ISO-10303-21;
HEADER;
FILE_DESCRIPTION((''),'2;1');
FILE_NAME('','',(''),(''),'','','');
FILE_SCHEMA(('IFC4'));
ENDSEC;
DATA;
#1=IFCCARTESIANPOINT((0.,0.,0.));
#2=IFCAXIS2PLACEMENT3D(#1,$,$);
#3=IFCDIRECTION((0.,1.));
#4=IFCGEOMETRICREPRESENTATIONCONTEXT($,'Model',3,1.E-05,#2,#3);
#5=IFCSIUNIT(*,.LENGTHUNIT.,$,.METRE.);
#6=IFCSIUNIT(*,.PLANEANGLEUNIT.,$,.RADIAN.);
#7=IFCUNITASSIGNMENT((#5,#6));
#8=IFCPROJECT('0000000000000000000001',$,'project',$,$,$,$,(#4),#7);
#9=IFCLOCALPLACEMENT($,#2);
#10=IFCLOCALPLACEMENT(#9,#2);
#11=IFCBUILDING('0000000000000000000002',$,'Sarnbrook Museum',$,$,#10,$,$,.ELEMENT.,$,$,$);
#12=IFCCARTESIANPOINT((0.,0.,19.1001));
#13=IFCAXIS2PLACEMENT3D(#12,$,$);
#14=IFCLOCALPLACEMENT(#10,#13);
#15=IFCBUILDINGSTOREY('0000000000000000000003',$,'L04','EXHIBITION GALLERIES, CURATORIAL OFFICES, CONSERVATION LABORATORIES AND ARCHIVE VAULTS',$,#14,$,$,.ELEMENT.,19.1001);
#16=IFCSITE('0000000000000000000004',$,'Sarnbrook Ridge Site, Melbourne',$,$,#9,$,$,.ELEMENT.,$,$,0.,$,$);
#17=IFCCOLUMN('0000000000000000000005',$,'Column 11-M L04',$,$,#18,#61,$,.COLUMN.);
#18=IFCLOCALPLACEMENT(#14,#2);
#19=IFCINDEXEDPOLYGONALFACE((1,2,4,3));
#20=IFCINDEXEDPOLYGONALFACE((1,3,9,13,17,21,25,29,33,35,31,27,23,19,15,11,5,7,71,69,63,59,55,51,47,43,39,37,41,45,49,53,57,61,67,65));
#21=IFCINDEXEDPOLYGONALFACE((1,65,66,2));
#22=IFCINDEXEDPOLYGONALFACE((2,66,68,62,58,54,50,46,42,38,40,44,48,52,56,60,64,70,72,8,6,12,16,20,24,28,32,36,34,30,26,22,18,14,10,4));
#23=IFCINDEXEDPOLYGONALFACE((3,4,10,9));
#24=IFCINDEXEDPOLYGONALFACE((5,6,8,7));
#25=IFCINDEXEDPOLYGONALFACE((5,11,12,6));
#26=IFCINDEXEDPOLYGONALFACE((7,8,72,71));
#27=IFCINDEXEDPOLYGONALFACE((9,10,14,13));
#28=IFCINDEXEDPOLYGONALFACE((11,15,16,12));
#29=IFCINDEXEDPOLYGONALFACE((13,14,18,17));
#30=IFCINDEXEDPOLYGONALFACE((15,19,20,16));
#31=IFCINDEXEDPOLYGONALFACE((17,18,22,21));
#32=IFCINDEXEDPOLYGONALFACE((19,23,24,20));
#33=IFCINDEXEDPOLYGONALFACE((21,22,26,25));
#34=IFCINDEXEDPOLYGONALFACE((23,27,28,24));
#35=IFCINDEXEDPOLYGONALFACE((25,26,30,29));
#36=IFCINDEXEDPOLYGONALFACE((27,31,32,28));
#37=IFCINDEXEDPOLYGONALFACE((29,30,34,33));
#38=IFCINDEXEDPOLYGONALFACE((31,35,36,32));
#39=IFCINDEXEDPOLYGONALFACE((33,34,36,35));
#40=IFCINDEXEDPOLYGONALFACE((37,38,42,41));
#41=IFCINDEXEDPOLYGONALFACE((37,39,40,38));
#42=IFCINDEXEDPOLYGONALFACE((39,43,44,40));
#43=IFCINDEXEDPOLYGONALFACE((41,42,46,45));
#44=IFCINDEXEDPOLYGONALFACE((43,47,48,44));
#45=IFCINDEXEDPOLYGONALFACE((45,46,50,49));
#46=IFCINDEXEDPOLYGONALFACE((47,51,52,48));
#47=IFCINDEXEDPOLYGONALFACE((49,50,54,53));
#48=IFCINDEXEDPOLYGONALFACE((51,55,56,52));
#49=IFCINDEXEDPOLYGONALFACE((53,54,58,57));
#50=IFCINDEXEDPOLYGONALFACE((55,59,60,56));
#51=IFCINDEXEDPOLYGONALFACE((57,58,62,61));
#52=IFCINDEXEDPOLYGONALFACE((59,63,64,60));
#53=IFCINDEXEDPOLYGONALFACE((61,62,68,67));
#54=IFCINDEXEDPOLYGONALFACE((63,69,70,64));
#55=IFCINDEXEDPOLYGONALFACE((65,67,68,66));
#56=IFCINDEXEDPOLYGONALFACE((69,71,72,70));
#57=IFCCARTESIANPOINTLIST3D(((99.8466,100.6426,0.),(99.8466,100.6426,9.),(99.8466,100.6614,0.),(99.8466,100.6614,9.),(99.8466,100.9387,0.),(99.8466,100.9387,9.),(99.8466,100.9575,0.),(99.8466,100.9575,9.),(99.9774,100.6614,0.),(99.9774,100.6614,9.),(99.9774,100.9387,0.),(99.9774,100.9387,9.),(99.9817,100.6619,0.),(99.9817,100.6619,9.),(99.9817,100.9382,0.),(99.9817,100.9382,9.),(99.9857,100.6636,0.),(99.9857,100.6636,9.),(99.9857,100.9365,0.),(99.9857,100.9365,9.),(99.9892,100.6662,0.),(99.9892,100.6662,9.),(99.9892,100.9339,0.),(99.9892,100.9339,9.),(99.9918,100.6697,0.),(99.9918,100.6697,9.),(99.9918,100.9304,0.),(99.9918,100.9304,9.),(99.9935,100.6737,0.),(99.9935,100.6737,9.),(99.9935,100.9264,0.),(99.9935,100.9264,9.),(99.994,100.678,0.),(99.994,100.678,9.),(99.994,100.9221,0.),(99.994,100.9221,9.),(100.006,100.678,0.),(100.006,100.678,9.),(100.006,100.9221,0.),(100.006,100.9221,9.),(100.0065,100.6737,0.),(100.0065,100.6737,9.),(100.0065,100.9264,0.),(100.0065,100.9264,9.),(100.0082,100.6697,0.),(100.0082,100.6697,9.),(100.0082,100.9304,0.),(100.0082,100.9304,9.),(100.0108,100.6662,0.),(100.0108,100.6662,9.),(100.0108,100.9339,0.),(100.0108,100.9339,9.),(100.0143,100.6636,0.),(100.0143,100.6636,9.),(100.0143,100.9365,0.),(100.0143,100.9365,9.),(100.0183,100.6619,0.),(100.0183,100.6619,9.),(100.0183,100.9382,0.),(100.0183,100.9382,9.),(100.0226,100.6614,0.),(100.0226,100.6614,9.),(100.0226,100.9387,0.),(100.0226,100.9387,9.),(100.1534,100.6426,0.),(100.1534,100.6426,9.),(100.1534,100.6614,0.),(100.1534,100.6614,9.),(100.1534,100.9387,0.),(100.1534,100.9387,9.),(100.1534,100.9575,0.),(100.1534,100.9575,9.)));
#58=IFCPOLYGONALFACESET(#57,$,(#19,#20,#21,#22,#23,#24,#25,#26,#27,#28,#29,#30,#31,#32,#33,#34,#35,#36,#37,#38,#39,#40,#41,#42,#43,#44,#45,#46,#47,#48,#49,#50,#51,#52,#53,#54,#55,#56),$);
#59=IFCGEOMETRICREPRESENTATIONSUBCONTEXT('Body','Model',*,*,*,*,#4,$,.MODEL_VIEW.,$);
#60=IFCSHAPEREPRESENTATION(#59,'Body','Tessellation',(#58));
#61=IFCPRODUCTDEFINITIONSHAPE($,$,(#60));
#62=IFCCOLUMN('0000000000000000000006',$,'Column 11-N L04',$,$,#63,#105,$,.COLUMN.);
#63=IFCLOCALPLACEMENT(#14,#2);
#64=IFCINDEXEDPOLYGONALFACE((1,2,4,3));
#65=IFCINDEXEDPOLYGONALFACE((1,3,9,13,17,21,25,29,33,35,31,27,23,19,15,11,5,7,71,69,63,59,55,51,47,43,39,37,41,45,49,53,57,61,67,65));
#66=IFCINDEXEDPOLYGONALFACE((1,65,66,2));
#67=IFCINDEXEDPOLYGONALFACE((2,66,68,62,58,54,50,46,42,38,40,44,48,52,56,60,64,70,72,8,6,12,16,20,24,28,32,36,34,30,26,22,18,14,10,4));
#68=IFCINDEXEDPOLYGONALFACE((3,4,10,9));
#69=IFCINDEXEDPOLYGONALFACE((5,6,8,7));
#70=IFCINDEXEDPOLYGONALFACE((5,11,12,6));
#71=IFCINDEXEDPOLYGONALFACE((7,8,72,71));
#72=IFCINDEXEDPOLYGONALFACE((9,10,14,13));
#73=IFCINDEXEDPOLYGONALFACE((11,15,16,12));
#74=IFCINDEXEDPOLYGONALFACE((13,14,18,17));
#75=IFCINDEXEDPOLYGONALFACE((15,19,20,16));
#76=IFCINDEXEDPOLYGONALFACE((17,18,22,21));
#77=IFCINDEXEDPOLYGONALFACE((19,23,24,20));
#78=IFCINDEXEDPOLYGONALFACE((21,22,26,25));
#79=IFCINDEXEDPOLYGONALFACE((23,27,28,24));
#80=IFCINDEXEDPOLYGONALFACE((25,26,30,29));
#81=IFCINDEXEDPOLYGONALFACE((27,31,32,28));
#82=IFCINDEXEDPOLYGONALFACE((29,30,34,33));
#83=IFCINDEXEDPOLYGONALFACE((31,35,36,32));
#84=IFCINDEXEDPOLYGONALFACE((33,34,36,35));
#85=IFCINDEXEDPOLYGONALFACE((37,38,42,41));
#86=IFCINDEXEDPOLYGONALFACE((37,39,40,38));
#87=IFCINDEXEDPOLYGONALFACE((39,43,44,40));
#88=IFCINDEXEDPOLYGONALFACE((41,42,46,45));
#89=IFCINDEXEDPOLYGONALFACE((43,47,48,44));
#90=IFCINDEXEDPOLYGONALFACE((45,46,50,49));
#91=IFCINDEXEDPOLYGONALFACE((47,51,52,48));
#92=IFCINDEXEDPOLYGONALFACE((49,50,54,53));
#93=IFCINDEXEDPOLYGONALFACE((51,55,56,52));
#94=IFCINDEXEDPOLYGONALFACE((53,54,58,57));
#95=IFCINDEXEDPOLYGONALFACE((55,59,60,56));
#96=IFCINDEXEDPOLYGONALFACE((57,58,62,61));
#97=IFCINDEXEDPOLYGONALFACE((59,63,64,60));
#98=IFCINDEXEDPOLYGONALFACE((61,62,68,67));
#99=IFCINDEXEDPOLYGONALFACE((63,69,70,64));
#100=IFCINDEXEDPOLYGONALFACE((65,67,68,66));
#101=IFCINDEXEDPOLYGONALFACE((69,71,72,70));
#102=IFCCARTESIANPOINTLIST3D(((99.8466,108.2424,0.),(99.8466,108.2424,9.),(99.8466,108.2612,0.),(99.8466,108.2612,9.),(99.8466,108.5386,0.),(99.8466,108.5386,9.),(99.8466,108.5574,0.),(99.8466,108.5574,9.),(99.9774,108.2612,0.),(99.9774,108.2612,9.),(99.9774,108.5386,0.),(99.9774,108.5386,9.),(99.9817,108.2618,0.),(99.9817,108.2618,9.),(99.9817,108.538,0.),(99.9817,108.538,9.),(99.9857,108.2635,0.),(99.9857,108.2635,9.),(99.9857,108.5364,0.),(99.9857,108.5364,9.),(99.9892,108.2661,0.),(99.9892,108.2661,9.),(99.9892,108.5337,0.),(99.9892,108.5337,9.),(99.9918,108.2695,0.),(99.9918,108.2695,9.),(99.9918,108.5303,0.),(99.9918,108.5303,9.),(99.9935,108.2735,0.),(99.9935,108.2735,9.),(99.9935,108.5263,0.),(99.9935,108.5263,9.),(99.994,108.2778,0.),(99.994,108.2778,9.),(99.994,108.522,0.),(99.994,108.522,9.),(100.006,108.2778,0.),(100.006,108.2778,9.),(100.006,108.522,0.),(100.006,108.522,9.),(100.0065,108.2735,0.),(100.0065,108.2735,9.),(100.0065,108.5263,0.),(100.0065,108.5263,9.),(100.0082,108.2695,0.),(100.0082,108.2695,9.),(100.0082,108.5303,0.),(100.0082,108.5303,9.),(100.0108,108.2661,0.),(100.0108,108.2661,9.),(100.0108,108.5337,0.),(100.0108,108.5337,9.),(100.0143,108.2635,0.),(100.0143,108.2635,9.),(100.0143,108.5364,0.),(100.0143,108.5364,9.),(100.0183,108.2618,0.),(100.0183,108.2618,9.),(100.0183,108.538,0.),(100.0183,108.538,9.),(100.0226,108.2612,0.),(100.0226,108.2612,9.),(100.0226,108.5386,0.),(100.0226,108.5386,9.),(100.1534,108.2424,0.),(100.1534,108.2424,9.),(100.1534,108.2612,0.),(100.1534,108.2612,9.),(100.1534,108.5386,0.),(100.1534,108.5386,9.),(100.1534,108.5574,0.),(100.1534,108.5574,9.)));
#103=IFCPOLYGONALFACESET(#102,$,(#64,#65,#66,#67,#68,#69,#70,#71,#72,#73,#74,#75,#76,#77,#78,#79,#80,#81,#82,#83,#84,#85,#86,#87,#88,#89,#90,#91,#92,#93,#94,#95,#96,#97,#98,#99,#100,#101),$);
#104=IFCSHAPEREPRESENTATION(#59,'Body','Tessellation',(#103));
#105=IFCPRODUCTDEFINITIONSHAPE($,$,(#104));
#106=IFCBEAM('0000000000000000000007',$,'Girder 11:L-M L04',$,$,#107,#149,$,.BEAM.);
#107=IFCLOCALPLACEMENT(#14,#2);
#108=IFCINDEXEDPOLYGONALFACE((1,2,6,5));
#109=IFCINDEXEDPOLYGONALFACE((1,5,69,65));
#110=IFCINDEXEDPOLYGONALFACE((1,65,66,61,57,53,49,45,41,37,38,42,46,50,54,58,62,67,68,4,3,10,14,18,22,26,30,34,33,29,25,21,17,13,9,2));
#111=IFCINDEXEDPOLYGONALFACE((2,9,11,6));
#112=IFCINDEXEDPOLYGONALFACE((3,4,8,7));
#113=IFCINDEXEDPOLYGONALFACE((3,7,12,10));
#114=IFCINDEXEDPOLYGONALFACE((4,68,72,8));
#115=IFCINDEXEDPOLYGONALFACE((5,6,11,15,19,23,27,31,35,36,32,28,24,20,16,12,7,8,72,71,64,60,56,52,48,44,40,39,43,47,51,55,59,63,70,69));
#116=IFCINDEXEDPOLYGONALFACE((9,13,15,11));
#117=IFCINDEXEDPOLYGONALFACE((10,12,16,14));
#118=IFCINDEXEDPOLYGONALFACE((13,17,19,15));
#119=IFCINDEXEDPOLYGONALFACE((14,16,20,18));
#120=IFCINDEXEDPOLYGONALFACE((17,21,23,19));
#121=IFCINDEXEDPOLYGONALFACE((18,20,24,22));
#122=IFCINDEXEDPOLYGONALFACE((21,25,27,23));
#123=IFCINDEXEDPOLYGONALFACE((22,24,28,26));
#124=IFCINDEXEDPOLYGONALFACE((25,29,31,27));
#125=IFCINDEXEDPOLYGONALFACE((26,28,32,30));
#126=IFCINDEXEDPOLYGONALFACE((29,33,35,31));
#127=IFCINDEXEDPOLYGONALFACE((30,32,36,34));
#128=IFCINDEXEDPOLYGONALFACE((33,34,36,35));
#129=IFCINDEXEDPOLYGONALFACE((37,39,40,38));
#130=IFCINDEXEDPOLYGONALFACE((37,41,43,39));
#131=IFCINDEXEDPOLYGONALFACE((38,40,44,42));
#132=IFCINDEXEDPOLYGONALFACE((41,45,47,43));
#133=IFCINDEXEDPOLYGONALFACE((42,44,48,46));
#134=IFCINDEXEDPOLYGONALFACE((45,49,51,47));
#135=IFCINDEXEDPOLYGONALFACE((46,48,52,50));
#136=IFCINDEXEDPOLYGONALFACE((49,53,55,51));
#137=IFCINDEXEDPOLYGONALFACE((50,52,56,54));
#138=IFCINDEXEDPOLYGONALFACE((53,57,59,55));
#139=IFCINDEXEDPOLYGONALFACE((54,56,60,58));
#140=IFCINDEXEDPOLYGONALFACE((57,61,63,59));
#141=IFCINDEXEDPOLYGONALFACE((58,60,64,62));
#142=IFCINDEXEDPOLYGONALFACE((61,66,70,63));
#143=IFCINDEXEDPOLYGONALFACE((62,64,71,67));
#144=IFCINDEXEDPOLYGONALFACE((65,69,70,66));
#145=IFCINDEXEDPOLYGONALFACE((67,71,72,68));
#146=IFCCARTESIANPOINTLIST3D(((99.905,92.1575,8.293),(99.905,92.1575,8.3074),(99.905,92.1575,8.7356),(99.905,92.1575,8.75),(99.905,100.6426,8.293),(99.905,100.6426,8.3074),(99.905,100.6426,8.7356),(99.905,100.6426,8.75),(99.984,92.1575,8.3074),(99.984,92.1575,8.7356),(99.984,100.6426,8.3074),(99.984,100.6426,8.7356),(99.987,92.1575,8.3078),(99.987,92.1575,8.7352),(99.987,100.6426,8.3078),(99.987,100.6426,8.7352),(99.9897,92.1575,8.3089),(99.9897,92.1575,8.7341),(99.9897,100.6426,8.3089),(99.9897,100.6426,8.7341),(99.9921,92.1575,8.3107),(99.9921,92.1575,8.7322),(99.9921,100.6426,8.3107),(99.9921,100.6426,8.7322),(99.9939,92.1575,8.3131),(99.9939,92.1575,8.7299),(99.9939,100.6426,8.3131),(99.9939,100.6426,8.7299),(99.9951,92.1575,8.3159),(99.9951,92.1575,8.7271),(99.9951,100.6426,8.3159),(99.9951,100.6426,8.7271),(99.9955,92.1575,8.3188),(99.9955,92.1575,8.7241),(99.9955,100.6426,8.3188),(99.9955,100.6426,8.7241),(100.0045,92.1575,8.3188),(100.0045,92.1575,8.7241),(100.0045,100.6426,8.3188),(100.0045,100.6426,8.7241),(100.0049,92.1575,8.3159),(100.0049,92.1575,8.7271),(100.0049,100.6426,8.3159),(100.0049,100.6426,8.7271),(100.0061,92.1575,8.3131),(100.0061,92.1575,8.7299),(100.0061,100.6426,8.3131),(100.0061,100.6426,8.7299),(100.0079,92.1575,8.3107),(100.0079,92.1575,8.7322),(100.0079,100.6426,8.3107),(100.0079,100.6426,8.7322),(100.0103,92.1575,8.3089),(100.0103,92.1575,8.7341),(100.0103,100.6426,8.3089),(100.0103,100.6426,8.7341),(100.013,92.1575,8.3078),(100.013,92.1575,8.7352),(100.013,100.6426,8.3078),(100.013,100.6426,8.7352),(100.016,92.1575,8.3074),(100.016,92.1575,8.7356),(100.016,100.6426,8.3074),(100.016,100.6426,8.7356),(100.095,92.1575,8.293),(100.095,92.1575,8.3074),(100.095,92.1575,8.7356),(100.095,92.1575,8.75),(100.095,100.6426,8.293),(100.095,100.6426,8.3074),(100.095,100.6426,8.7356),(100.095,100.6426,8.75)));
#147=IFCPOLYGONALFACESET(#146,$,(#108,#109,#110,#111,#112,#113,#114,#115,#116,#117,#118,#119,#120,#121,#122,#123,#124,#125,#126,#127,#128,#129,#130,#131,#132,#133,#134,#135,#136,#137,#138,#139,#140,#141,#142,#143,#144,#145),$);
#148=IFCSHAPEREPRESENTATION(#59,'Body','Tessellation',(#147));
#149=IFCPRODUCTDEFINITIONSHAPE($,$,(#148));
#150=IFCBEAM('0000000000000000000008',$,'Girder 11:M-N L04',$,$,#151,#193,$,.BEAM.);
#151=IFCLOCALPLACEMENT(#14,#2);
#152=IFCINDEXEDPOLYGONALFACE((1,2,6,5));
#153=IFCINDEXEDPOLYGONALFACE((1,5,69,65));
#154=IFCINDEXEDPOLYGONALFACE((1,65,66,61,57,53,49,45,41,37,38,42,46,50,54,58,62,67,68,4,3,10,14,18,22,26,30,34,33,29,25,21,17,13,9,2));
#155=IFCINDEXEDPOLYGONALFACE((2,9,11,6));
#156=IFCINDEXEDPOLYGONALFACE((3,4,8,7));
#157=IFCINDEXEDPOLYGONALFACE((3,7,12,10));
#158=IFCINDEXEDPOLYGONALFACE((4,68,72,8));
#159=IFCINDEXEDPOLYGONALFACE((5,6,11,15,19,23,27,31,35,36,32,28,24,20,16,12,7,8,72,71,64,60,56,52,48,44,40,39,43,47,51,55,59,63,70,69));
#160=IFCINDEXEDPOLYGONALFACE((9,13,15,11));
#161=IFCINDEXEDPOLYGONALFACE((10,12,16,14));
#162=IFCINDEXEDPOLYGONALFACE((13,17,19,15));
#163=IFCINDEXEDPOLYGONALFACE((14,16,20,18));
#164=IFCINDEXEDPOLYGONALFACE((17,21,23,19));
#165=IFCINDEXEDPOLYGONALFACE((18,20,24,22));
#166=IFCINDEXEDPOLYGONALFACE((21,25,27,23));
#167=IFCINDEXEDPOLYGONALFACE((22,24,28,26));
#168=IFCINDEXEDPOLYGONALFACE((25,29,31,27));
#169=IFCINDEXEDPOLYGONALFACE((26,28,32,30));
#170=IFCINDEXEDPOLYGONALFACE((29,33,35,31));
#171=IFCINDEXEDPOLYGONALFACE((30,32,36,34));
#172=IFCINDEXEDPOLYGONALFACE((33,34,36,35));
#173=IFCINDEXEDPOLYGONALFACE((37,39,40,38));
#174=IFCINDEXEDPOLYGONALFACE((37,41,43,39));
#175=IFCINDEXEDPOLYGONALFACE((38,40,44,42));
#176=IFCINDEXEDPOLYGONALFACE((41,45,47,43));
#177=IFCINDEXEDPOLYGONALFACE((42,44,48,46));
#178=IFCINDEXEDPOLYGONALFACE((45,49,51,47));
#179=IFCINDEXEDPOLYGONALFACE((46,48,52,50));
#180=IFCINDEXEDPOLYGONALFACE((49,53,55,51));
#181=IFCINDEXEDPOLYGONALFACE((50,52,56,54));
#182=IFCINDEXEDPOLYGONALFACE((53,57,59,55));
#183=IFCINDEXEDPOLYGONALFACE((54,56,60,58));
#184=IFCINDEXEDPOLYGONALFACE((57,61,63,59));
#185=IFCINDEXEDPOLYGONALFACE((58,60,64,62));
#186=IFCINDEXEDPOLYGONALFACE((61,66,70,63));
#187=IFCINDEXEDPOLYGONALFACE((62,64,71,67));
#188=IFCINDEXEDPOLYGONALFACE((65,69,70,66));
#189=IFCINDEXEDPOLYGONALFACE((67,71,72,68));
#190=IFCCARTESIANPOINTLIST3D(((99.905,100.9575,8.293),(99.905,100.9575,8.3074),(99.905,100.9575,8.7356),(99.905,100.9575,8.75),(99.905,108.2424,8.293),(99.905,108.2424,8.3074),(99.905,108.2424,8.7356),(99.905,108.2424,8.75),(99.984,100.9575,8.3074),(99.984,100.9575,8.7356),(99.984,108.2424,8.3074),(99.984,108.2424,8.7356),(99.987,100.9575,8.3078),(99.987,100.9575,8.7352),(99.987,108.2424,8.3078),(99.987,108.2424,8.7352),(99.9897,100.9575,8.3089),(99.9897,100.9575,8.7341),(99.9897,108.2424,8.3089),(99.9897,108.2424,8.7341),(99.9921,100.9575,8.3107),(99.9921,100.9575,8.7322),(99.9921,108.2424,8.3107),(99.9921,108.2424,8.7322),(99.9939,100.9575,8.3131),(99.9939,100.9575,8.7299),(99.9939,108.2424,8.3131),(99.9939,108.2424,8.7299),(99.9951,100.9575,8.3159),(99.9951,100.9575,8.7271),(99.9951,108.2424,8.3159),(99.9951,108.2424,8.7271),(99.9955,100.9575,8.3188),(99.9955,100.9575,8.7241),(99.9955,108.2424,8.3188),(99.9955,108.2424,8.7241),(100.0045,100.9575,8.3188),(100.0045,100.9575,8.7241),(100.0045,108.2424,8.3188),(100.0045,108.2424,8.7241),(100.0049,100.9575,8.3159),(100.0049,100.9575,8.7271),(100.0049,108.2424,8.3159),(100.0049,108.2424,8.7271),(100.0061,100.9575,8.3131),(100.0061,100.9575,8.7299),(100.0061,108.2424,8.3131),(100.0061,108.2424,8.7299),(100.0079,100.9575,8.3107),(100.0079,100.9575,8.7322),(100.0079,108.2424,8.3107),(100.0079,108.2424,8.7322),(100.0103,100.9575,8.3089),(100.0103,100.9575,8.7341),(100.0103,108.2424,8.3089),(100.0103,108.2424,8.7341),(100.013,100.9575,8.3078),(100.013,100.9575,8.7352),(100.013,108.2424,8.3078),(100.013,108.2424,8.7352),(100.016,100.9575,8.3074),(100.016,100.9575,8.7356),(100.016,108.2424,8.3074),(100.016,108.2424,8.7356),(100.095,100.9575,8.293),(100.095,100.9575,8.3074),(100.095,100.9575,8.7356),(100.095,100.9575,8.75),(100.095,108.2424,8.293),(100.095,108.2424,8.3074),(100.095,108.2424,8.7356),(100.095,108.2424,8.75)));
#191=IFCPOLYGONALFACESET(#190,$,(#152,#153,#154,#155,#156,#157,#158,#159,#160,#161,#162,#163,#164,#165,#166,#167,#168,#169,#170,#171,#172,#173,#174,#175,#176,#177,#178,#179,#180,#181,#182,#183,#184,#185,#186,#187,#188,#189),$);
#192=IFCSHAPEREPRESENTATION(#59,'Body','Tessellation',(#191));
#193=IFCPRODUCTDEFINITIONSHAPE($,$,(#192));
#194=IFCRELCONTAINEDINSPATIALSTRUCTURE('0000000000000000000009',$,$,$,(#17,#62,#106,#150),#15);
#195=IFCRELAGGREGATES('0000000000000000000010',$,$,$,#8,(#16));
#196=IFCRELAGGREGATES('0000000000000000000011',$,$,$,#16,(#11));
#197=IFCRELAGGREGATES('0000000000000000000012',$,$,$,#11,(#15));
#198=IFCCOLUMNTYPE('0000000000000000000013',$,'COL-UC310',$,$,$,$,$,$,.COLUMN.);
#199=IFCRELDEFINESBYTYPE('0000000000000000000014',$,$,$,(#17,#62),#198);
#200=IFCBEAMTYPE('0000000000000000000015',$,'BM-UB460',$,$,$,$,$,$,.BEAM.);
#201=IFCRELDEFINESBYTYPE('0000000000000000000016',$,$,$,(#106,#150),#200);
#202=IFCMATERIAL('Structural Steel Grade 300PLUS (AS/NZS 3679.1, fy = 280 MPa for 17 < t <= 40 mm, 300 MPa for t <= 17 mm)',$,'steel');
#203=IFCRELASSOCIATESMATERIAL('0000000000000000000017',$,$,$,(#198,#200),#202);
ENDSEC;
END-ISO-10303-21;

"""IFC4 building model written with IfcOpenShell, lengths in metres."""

from ifc_helpers import new_model, si_unit, direction, frame, origin, origin_2d, place, context, subcontext, project, spatial, i_section, extrude, material, material_profile, profile_set, type_object, element, save


model = new_model("IFC4")

# Units and contexts
model_context = context("Model", 3, precision=1e-05, world=origin(), true_north=direction((0.0, 1.0)))
body_context = subcontext(model_context, "Body", "Model", "MODEL_VIEW")
ifc_project = project(units=[si_unit("LENGTHUNIT", "METRE"), si_unit("PLANEANGLEUNIT", "RADIAN")], contexts=[model_context])

# Site, building, storey
site_placement = place(None, origin())
site = spatial("IfcSite", under=ifc_project, at=site_placement, Name="Sarnbrook Ridge Site, Melbourne", CompositionType="ELEMENT", RefElevation=0.0)
building_placement = place(site_placement, origin())
building = spatial("IfcBuilding", under=site, at=building_placement, Name="Sarnbrook Museum", CompositionType="ELEMENT")
storey_placement = place(building_placement, frame((0.0, 0.0, 19.1001)))
storey = spatial("IfcBuildingStorey", under=building, at=storey_placement, Name="L04", Description="EXHIBITION GALLERIES, CURATORIAL OFFICES, CONSERVATION LABORATORIES AND ARCHIVE VAULTS", CompositionType="ELEMENT", Elevation=19.1001)

# Columns
ifc_material_1 = material(Name="Structural Steel Grade 300PLUS (AS/NZS 3679.1, fy = 280 MPa for 17 < t <= 40 mm, 300 MPa for t <= 17 mm)", Category="steel")
ifc_material_profile_1 = material_profile(ifc_material_1, i_section(OverallWidth=0.3069, OverallDepth=0.3149, WebThickness=0.012, FlangeThickness=0.0188, FilletRadius=0.0166, at=origin_2d()), Name="310UC118")
ifc_profile_set_1 = profile_set([ifc_material_profile_1], Name="Structural Steel Grade 300PLUS (AS/NZS 3679.1, fy = 280 MPa for 17 < t <= 40 mm, 300 MPa for t <= 17 mm)")
column_type = type_object("IfcColumnType", Name="COL-UC310", PredefinedType="COLUMN", material=ifc_profile_set_1)
for number, where, z_axis, x_axis, name in (
    (1, (100.0, 100.8, 0.0), (0.0, 0.0, 1.0), (1.0, 0.0, 0.0), "Column 11-M L04"),
    (2, (100.0, 108.3999, 0.0), (0.0, 0.0, 1.0), (1.0, 0.0, 0.0), "Column 11-N L04"),
):
    element("IfcColumn", number, at=place(storey_placement, frame(where, z_axis=z_axis, x_axis=x_axis)), inside=storey, type_object=column_type, Name=name, PredefinedType="COLUMN", context=body_context, shape_type="SweptSolid", body=[
        extrude(i_section(OverallWidth=0.3069, OverallDepth=0.3149, WebThickness=0.012, FlangeThickness=0.0188, FilletRadius=0.0166, at=origin_2d()), origin(), (0.0, 0.0, 1.0), 9.0),
    ])

# Beams
ifc_material_profile_2 = material_profile(ifc_material_1, i_section(OverallWidth=0.1899, OverallDepth=0.457, WebThickness=0.009, FlangeThickness=0.0144, FilletRadius=0.0115, at=origin_2d()), Name="460UB74.6")
ifc_profile_set_2 = profile_set([ifc_material_profile_2], Name="Structural Steel Grade 300PLUS (AS/NZS 3679.1, fy = 280 MPa for 17 < t <= 40 mm, 300 MPa for t <= 17 mm)")
beam_type_1 = type_object("IfcBeamType", Name="BM-UB460", PredefinedType="BEAM", material=ifc_profile_set_2)
beam_1_placement = place(storey_placement, frame((100.0, 92.1575, 8.5215), z_axis=(0.0, 1.0, 0.0), x_axis=(-1.0, 0.0, 0.0)))
element("IfcBeam", 3, at=beam_1_placement, inside=storey, type_object=beam_type_1, Name="Girder 11:L-M L04", PredefinedType="BEAM", context=body_context, shape_type="SweptSolid", body=[
    extrude(i_section(OverallWidth=0.1899, OverallDepth=0.457, WebThickness=0.009, FlangeThickness=0.0144, FilletRadius=0.0115, at=origin_2d()), origin(), (0.0, 0.0, 1.0), 8.4851),
])
beam_2_placement = place(storey_placement, frame((100.0, 100.9575, 8.5215), z_axis=(0.0, 1.0, 0.0), x_axis=(-1.0, 0.0, 0.0)))
element("IfcBeam", 4, at=beam_2_placement, inside=storey, type_object=beam_type_1, Name="Girder 11:M-N L04", PredefinedType="BEAM", context=body_context, shape_type="SweptSolid", body=[
    extrude(i_section(OverallWidth=0.1899, OverallDepth=0.457, WebThickness=0.009, FlangeThickness=0.0144, FilletRadius=0.0115, at=origin_2d()), origin(), (0.0, 0.0, 1.0), 7.2849),
])

save(model, "model.ifc")
